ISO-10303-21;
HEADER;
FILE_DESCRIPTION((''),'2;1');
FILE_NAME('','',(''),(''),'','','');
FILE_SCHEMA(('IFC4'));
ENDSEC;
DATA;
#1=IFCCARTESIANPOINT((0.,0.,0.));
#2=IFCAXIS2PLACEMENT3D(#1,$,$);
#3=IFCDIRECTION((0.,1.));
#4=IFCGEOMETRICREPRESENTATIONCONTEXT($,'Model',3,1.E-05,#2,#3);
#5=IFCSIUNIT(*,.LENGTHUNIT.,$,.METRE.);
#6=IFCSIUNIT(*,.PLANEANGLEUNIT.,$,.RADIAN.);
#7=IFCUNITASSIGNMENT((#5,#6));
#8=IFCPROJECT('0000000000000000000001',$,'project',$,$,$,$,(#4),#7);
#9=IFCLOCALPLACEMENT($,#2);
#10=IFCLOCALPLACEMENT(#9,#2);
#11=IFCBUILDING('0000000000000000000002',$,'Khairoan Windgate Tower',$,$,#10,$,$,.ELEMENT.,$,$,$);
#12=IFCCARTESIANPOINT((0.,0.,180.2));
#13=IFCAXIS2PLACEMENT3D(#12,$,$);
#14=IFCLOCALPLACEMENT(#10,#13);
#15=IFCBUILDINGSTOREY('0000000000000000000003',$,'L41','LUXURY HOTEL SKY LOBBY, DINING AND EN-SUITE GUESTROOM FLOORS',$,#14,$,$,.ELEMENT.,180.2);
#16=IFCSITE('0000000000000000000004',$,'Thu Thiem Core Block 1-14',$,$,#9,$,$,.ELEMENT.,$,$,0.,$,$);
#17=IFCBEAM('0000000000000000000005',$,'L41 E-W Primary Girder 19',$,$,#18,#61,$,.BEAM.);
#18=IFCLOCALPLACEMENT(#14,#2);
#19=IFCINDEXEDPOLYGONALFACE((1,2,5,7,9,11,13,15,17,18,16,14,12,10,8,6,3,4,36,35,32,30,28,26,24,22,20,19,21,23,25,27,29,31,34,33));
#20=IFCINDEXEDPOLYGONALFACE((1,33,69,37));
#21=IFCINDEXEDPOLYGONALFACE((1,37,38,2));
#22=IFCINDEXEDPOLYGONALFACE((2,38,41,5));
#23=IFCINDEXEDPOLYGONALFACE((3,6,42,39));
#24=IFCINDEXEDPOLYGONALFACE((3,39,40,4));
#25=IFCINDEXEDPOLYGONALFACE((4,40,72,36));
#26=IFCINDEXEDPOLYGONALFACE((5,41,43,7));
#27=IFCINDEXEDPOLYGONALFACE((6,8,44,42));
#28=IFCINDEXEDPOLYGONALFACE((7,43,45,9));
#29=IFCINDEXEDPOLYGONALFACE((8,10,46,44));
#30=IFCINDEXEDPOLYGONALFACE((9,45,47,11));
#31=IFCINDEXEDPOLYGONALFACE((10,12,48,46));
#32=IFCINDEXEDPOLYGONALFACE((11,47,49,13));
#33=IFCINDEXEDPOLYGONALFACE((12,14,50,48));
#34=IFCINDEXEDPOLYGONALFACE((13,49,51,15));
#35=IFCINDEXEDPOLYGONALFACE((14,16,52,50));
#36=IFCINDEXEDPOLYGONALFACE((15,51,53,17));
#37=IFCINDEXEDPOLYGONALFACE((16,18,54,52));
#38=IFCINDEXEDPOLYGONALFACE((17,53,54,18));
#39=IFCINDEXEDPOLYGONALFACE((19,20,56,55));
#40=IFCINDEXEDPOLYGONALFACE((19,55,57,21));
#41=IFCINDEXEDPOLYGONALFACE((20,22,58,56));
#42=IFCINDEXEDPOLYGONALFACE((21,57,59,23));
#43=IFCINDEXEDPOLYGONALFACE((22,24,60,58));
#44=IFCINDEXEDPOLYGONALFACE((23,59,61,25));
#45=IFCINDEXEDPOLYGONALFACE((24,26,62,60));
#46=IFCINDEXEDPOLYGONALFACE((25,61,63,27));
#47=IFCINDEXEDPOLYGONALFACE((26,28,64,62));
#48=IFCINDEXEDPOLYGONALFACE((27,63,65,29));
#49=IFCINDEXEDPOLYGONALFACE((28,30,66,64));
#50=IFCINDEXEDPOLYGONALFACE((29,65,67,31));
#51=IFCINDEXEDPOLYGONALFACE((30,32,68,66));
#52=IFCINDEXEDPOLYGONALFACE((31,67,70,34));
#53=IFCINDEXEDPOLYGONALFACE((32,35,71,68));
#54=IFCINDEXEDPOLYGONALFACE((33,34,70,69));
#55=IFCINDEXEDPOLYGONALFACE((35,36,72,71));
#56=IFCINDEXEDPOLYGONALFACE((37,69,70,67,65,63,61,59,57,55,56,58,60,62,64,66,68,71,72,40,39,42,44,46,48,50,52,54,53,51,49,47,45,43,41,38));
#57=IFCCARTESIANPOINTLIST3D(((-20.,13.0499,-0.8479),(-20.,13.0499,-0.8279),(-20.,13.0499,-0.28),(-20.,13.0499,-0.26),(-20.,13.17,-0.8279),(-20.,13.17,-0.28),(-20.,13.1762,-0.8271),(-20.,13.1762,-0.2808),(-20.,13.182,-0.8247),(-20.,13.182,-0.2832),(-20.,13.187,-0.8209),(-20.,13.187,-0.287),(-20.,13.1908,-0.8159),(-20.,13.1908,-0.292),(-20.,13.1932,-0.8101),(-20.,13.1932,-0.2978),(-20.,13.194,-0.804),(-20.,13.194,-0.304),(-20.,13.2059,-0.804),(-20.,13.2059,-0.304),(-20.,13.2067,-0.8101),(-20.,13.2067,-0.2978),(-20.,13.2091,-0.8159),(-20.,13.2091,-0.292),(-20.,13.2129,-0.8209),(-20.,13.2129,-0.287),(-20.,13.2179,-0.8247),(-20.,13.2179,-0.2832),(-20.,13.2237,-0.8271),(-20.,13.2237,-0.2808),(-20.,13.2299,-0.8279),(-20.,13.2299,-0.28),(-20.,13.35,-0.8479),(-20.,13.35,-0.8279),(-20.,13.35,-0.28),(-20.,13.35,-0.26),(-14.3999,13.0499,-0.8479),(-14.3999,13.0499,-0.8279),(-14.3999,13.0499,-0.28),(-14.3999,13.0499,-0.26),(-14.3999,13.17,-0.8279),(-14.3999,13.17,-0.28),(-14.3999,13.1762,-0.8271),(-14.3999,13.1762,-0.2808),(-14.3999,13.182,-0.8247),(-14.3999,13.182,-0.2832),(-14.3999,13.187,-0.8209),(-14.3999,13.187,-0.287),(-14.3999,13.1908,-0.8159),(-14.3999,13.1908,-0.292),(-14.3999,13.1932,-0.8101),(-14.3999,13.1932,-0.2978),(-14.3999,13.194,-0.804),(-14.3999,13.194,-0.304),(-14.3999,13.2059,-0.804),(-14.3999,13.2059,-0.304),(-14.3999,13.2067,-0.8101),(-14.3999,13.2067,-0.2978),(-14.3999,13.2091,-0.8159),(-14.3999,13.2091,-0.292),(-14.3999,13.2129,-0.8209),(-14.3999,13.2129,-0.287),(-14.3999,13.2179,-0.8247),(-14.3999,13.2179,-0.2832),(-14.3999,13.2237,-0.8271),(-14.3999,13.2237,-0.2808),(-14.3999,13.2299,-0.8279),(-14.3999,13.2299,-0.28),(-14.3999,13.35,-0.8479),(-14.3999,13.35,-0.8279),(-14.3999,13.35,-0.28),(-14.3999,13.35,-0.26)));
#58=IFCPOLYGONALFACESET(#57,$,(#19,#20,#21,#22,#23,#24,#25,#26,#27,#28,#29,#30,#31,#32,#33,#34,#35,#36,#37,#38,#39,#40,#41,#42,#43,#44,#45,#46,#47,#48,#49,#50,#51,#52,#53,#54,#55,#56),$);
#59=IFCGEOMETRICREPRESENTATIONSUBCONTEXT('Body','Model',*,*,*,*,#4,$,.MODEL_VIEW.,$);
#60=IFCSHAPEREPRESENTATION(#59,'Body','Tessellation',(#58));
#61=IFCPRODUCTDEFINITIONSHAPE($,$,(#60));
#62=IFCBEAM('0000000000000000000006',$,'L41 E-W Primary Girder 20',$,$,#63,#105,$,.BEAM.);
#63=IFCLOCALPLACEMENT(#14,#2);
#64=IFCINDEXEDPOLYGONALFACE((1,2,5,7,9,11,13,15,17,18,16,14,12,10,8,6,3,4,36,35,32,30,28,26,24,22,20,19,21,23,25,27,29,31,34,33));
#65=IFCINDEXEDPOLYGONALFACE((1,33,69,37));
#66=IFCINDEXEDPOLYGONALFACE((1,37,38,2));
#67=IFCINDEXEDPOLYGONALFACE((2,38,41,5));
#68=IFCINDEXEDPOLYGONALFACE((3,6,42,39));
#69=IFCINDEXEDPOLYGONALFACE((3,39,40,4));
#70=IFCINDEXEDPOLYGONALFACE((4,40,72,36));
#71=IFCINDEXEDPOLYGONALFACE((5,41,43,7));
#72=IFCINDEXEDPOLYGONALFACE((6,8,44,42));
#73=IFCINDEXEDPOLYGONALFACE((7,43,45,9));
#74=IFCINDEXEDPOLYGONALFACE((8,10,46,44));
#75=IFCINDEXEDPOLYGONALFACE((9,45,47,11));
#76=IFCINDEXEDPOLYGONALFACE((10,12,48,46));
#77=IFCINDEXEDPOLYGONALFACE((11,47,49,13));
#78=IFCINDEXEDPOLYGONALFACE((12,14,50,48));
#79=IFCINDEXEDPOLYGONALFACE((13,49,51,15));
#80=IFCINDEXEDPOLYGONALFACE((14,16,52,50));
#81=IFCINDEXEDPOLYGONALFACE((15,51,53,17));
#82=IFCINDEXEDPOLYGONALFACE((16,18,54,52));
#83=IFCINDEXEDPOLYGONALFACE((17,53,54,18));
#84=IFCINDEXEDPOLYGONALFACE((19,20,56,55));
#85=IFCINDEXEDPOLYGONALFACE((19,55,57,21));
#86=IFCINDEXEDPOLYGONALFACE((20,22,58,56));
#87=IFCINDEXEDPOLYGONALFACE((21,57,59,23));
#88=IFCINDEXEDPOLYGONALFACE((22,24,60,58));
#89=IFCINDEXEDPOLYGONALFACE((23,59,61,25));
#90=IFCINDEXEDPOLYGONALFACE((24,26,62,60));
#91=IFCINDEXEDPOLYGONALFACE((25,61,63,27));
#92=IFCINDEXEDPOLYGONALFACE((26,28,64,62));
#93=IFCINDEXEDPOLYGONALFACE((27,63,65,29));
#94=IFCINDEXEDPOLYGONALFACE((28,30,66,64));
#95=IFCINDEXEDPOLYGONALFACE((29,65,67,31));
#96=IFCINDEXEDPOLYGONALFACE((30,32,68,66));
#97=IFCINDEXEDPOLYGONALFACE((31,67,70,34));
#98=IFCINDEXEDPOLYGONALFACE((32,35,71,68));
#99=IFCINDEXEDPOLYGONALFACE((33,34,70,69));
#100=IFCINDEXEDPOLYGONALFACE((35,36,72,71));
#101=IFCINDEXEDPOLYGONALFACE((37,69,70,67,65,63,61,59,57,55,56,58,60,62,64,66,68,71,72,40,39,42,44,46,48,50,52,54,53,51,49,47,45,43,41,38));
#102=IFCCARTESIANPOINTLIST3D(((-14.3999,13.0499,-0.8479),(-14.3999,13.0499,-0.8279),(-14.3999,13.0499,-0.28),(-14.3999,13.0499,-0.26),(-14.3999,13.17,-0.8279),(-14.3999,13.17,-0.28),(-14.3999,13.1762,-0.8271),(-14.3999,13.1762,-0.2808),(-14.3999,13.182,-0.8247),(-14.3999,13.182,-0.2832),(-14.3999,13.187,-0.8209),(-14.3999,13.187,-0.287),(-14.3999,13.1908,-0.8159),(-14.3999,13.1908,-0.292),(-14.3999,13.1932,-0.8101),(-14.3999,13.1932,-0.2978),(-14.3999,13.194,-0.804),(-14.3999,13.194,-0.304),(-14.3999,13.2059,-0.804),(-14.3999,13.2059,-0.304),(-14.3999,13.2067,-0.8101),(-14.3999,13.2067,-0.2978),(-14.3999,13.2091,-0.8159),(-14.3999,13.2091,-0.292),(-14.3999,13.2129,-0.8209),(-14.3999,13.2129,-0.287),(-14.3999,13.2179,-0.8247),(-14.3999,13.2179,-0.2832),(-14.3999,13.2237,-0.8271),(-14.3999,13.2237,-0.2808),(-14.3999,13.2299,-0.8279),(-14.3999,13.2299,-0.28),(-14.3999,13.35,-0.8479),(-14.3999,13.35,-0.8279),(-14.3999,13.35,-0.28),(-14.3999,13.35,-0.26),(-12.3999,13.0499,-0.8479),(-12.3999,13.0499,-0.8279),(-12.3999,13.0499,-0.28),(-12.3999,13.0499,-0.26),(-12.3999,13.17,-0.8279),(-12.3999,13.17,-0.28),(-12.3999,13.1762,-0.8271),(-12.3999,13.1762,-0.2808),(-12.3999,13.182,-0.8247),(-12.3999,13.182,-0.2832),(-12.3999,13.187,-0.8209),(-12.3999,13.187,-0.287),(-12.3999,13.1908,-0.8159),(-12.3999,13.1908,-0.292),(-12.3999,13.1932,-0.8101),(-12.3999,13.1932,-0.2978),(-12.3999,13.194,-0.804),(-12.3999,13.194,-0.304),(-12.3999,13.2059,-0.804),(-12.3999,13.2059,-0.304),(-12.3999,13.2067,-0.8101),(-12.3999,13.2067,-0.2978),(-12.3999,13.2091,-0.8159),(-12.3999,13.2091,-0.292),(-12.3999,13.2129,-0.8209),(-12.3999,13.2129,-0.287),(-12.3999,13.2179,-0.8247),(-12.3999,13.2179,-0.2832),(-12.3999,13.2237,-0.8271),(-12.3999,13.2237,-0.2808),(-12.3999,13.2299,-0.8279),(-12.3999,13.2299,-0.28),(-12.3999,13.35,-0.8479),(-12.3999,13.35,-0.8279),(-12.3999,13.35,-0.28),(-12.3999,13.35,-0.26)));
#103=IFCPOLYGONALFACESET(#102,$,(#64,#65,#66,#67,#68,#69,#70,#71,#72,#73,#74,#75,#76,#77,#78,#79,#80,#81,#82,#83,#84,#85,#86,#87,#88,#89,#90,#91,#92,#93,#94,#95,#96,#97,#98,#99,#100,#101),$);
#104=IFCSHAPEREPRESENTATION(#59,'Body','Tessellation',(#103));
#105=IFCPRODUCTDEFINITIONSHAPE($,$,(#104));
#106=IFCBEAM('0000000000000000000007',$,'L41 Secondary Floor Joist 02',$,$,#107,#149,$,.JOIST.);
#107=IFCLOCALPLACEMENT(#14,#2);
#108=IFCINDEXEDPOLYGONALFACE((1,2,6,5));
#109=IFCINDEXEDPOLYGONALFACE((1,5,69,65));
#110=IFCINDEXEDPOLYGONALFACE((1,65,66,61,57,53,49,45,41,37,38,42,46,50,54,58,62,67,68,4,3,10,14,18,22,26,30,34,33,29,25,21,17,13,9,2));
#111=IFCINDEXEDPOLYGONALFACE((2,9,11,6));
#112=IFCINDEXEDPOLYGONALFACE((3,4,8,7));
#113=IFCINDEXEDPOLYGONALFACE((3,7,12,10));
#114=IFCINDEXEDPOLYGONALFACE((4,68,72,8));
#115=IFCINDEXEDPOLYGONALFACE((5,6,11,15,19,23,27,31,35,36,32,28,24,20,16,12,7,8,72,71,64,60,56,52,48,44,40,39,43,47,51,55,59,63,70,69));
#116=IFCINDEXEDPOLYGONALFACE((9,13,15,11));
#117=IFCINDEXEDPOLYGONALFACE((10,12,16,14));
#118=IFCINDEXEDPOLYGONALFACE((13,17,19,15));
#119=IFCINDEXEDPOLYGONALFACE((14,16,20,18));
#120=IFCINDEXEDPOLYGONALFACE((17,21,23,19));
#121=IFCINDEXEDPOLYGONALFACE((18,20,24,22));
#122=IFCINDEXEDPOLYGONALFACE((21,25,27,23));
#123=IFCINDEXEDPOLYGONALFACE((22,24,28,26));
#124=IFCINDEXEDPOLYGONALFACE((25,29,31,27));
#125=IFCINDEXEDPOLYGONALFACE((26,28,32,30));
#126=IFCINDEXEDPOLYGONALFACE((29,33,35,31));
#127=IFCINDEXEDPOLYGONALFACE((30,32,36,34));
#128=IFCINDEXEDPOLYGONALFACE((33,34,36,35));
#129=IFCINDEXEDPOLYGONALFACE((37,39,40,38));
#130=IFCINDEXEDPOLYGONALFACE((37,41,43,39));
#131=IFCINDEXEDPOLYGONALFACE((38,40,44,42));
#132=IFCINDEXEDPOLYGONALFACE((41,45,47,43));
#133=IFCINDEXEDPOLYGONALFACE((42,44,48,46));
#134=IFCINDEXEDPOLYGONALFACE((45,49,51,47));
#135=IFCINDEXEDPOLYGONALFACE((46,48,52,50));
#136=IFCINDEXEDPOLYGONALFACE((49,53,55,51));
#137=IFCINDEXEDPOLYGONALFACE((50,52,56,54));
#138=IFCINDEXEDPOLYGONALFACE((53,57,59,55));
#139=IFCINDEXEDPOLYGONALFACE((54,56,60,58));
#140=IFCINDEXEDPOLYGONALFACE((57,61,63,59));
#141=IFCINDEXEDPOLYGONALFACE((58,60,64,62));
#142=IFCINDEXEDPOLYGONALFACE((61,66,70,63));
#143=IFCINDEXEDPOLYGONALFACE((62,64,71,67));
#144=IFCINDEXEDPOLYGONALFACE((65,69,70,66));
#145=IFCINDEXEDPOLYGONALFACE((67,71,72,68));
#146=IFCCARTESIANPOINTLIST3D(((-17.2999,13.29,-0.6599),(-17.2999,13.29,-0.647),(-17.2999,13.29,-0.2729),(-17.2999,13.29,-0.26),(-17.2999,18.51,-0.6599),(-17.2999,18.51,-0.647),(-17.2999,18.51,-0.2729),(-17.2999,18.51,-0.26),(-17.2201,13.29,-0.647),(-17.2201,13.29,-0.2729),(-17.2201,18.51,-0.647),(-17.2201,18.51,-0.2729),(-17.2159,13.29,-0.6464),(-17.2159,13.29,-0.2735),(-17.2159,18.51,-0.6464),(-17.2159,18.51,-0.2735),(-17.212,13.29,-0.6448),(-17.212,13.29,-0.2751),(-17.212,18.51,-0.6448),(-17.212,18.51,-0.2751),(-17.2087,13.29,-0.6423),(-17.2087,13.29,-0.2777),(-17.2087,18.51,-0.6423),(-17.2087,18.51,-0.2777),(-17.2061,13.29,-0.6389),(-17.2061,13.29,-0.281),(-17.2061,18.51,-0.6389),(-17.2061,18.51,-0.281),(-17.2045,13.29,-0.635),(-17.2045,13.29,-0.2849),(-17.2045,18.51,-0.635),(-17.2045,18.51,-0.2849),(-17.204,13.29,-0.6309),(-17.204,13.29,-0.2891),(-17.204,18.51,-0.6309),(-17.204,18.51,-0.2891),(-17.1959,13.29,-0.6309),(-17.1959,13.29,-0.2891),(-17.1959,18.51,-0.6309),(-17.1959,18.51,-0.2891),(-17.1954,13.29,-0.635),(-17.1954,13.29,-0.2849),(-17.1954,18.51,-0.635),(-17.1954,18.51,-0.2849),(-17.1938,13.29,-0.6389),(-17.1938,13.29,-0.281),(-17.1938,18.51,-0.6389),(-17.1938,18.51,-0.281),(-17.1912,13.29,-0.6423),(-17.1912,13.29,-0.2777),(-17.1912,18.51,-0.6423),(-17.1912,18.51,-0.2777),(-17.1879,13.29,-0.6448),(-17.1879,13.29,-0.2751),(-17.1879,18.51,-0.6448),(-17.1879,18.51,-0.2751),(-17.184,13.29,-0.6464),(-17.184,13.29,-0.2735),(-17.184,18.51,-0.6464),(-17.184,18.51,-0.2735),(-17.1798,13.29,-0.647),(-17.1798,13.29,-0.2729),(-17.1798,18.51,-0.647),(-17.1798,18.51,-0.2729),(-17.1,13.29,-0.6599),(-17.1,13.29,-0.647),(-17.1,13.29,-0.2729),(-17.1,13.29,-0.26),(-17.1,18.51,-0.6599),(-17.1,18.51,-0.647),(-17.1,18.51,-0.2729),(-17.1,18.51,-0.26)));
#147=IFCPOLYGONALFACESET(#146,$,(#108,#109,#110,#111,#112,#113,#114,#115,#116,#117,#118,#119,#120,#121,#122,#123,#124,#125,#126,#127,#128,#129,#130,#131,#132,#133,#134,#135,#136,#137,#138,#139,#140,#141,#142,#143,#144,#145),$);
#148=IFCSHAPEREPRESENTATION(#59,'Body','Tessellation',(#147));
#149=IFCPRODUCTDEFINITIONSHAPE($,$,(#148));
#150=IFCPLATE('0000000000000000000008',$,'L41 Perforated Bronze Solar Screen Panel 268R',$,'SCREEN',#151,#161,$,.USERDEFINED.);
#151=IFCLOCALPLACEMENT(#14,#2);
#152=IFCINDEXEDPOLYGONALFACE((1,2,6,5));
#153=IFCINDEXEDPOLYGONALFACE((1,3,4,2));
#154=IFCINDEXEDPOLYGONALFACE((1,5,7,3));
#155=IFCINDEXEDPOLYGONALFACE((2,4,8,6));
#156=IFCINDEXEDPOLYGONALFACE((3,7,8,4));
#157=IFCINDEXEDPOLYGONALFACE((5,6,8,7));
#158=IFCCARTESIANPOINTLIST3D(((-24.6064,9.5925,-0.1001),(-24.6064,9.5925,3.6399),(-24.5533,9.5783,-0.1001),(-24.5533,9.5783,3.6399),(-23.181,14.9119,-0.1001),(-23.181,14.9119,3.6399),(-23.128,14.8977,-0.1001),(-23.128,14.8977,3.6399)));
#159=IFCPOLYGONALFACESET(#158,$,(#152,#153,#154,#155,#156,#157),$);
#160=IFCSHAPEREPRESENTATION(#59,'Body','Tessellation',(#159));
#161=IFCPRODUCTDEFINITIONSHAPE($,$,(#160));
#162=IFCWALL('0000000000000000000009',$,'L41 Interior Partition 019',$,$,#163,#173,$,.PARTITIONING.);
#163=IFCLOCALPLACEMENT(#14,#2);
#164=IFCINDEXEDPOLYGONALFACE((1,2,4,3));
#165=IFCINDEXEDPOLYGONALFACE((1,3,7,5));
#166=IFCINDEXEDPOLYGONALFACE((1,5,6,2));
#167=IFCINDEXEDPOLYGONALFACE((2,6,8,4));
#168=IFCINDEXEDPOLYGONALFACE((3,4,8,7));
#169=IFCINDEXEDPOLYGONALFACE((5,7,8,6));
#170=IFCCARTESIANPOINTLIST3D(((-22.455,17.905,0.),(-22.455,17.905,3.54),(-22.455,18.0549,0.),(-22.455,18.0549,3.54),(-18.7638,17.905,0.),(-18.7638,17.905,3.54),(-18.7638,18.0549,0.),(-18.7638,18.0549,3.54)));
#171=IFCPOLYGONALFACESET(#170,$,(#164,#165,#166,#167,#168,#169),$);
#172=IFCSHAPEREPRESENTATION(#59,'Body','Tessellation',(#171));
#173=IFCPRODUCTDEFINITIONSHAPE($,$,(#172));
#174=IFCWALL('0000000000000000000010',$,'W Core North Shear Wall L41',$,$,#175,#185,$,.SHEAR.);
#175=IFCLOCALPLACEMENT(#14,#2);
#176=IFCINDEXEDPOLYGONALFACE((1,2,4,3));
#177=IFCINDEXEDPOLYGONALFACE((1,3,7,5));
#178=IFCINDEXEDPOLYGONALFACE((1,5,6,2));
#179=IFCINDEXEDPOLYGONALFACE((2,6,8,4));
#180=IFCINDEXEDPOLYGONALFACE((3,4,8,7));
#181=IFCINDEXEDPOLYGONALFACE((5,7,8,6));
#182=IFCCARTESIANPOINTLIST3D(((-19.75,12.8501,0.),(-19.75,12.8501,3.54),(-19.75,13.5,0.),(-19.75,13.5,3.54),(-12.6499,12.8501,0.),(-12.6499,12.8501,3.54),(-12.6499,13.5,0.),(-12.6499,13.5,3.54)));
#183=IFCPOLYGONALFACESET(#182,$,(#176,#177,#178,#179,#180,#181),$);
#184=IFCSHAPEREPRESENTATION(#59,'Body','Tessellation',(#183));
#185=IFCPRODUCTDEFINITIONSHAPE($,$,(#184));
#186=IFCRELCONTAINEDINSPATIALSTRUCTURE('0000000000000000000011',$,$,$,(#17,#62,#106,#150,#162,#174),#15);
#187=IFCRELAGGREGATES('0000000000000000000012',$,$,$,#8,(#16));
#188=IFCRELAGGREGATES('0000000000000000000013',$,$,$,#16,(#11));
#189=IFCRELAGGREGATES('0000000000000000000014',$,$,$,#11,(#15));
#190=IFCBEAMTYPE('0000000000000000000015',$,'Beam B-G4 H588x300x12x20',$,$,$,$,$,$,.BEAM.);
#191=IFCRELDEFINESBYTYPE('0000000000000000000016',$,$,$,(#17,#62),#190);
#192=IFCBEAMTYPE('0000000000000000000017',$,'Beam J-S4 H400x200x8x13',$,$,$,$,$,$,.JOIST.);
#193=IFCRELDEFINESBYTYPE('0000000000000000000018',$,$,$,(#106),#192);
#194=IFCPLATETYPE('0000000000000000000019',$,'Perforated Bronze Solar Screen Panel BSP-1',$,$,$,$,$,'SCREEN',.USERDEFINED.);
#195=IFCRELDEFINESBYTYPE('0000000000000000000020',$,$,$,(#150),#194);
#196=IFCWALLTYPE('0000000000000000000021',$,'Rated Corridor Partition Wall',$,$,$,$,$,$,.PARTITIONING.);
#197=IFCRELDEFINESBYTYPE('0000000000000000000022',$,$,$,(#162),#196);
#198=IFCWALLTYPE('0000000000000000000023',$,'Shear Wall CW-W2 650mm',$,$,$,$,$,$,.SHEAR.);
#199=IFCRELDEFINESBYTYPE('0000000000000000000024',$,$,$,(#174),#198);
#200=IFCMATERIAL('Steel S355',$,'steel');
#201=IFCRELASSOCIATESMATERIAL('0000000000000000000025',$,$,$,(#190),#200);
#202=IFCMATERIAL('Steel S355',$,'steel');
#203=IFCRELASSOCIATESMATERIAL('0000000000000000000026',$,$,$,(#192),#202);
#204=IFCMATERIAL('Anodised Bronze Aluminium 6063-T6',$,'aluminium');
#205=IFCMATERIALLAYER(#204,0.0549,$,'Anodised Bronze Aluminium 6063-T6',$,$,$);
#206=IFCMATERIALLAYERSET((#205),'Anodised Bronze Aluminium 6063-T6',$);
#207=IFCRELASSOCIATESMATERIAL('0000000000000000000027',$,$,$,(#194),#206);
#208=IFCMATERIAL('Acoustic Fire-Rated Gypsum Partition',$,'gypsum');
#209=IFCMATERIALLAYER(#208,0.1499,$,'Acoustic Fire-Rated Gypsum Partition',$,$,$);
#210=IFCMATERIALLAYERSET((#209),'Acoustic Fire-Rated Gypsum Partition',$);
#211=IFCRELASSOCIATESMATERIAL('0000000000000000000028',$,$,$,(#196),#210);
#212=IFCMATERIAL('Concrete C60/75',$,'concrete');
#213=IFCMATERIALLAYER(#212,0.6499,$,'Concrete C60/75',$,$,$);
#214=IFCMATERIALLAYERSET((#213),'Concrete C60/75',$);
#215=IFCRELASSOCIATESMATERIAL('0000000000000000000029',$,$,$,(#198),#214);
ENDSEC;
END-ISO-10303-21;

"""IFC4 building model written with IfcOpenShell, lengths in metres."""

from ifc_helpers import new_model, si_unit, direction, frame, frame_2d, origin, origin_2d, place, context, subcontext, project, spatial, rectangle, i_section, extrude, material, layer, layer_set, material_profile, profile_set, type_object, element, save


model = new_model("IFC4")

# Units and contexts
model_context = context("Model", 3, precision=1e-05, world=origin(), true_north=direction((0.0, 1.0)))
body_context = subcontext(model_context, "Body", "Model", "MODEL_VIEW")
ifc_project = project(units=[si_unit("LENGTHUNIT", "METRE"), si_unit("PLANEANGLEUNIT", "RADIAN")], contexts=[model_context])

# Site, building, storey
site_placement = place(None, origin())
site = spatial("IfcSite", under=ifc_project, at=site_placement, Name="Thu Thiem Core Block 1-14", CompositionType="ELEMENT", RefElevation=0.0)
building_placement = place(site_placement, origin())
building = spatial("IfcBuilding", under=site, at=building_placement, Name="Khairoan Windgate Tower", CompositionType="ELEMENT")
storey_placement = place(building_placement, frame((0.0, 0.0, 180.2)))
storey = spatial("IfcBuildingStorey", under=building, at=storey_placement, Name="L41", Description="LUXURY HOTEL SKY LOBBY, DINING AND EN-SUITE GUESTROOM FLOORS", CompositionType="ELEMENT", Elevation=180.2)

# Beams
ifc_material_1 = material(Name="Steel S355", Category="steel")
ifc_material_profile_1 = material_profile(ifc_material_1, i_section(OverallWidth=0.3, OverallDepth=0.5879, WebThickness=0.012, FlangeThickness=0.02, FilletRadius=0.0239, at=origin_2d()))
ifc_profile_set_1 = profile_set([ifc_material_profile_1], Name="Steel S355")
beam_type_1 = type_object("IfcBeamType", Name="Beam B-G4 H588x300x12x20", PredefinedType="BEAM", material=ifc_profile_set_1)
beam_1_placement = place(storey_placement, frame((-20.0, 13.2, -0.554), z_axis=(1.0, 0.0, 0.0), x_axis=(0.0, 1.0, 0.0)))
element("IfcBeam", 1, at=beam_1_placement, inside=storey, type_object=beam_type_1, Name="L41 E-W Primary Girder 19", PredefinedType="BEAM", context=body_context, shape_type="SweptSolid", body=[
    extrude(i_section(OverallWidth=0.3, OverallDepth=0.5879, WebThickness=0.012, FlangeThickness=0.02, FilletRadius=0.0239, at=origin_2d()), origin(), (0.0, 0.0, 1.0), 5.6001),
])
beam_2_placement = place(storey_placement, frame((-14.3999, 13.2, -0.554), z_axis=(1.0, 0.0, 0.0), x_axis=(0.0, 1.0, 0.0)))
element("IfcBeam", 2, at=beam_2_placement, inside=storey, type_object=beam_type_1, Name="L41 E-W Primary Girder 20", PredefinedType="BEAM", context=body_context, shape_type="SweptSolid", body=[
    extrude(i_section(OverallWidth=0.3, OverallDepth=0.5879, WebThickness=0.012, FlangeThickness=0.02, FilletRadius=0.0239, at=origin_2d()), origin(), (0.0, 0.0, 1.0), 2.0),
])
ifc_material_2 = material(Name="Steel S355", Category="steel")
ifc_material_profile_2 = material_profile(ifc_material_2, i_section(OverallWidth=0.2, OverallDepth=0.3999, WebThickness=0.0081, FlangeThickness=0.0129, FilletRadius=0.0161, at=origin_2d()))
ifc_profile_set_2 = profile_set([ifc_material_profile_2], Name="Steel S355")
beam_type_2 = type_object("IfcBeamType", Name="Beam J-S4 H400x200x8x13", PredefinedType="JOIST", material=ifc_profile_set_2)
beam_3_placement = place(storey_placement, frame((-17.2, 13.29, -0.46), z_axis=(0.0, 1.0, 0.0), x_axis=(-1.0, 0.0, 0.0)))
element("IfcBeam", 3, at=beam_3_placement, inside=storey, type_object=beam_type_2, Name="L41 Secondary Floor Joist 02", PredefinedType="JOIST", context=body_context, shape_type="SweptSolid", body=[
    extrude(i_section(OverallWidth=0.2, OverallDepth=0.3999, WebThickness=0.0081, FlangeThickness=0.0129, FilletRadius=0.0161, at=origin_2d()), origin(), (0.0, 0.0, 1.0), 5.22),
])

# Plate
ifc_material_3 = material(Name="Anodised Bronze Aluminium 6063-T6", Category="aluminium")
ifc_layer_1 = layer(ifc_material_3, 0.0549, Name="Anodised Bronze Aluminium 6063-T6")
ifc_layer_set_1 = layer_set([ifc_layer_1], Name="Anodised Bronze Aluminium 6063-T6")
plate_type = type_object("IfcPlateType", Name="Perforated Bronze Solar Screen Panel BSP-1", ElementType="SCREEN", PredefinedType="USERDEFINED", material=ifc_layer_set_1)
plate_placement = place(storey_placement, frame((-23.8672, 12.2451, -0.1001), z_axis=(0.0, 0.0, 1.0), x_axis=(0.258819, 0.965926, 0.0)))
element("IfcPlate", 4, at=plate_placement, inside=storey, type_object=plate_type, Name="L41 Perforated Bronze Solar Screen Panel 268R", ObjectType="SCREEN", PredefinedType="USERDEFINED", context=body_context, shape_type="SweptSolid", body=[
    extrude(rectangle(XDim=5.5071, YDim=0.0549, at=origin_2d()), origin(), (0.0, 0.0, 1.0), 3.74),
])

# Wall
ifc_material_4 = material(Name="Acoustic Fire-Rated Gypsum Partition", Category="gypsum")
ifc_layer_2 = layer(ifc_material_4, 0.1499, Name="Acoustic Fire-Rated Gypsum Partition")
ifc_layer_set_2 = layer_set([ifc_layer_2], Name="Acoustic Fire-Rated Gypsum Partition")
wall_type_1 = type_object("IfcWallType", Name="Rated Corridor Partition Wall", PredefinedType="PARTITIONING", material=ifc_layer_set_2)
wall_1_placement = place(storey_placement, frame((-22.4551, 17.98, 0.0), z_axis=(0.0, 0.0, 1.0), x_axis=(1.0, 0.0, 0.0)))
element("IfcWall", 5, at=wall_1_placement, inside=storey, type_object=wall_type_1, Name="L41 Interior Partition 019", PredefinedType="PARTITIONING", context=body_context, shape_type="SweptSolid", body=[
    extrude(rectangle(XDim=3.6912, YDim=0.1499, at=frame_2d((1.8457, 0.0))), origin(), (0.0, 0.0, 1.0), 3.54),
])

# Wall
ifc_material_5 = material(Name="Concrete C60/75", Category="concrete")
ifc_layer_3 = layer(ifc_material_5, 0.6499, Name="Concrete C60/75")
ifc_layer_set_3 = layer_set([ifc_layer_3], Name="Concrete C60/75")
wall_type_2 = type_object("IfcWallType", Name="Shear Wall CW-W2 650mm", PredefinedType="SHEAR", material=ifc_layer_set_3)
wall_2_placement = place(storey_placement, frame((-19.75, 13.175, 0.0), z_axis=(0.0, 0.0, 1.0), x_axis=(1.0, 0.0, 0.0)))
element("IfcWall", 6, at=wall_2_placement, inside=storey, type_object=wall_type_2, Name="W Core North Shear Wall L41", PredefinedType="SHEAR", context=body_context, shape_type="SweptSolid", body=[
    extrude(rectangle(XDim=7.1001, YDim=0.6499, at=frame_2d((3.55, 0.0))), origin(), (0.0, 0.0, 1.0), 3.54),
])

save(model, "model.ifc")
